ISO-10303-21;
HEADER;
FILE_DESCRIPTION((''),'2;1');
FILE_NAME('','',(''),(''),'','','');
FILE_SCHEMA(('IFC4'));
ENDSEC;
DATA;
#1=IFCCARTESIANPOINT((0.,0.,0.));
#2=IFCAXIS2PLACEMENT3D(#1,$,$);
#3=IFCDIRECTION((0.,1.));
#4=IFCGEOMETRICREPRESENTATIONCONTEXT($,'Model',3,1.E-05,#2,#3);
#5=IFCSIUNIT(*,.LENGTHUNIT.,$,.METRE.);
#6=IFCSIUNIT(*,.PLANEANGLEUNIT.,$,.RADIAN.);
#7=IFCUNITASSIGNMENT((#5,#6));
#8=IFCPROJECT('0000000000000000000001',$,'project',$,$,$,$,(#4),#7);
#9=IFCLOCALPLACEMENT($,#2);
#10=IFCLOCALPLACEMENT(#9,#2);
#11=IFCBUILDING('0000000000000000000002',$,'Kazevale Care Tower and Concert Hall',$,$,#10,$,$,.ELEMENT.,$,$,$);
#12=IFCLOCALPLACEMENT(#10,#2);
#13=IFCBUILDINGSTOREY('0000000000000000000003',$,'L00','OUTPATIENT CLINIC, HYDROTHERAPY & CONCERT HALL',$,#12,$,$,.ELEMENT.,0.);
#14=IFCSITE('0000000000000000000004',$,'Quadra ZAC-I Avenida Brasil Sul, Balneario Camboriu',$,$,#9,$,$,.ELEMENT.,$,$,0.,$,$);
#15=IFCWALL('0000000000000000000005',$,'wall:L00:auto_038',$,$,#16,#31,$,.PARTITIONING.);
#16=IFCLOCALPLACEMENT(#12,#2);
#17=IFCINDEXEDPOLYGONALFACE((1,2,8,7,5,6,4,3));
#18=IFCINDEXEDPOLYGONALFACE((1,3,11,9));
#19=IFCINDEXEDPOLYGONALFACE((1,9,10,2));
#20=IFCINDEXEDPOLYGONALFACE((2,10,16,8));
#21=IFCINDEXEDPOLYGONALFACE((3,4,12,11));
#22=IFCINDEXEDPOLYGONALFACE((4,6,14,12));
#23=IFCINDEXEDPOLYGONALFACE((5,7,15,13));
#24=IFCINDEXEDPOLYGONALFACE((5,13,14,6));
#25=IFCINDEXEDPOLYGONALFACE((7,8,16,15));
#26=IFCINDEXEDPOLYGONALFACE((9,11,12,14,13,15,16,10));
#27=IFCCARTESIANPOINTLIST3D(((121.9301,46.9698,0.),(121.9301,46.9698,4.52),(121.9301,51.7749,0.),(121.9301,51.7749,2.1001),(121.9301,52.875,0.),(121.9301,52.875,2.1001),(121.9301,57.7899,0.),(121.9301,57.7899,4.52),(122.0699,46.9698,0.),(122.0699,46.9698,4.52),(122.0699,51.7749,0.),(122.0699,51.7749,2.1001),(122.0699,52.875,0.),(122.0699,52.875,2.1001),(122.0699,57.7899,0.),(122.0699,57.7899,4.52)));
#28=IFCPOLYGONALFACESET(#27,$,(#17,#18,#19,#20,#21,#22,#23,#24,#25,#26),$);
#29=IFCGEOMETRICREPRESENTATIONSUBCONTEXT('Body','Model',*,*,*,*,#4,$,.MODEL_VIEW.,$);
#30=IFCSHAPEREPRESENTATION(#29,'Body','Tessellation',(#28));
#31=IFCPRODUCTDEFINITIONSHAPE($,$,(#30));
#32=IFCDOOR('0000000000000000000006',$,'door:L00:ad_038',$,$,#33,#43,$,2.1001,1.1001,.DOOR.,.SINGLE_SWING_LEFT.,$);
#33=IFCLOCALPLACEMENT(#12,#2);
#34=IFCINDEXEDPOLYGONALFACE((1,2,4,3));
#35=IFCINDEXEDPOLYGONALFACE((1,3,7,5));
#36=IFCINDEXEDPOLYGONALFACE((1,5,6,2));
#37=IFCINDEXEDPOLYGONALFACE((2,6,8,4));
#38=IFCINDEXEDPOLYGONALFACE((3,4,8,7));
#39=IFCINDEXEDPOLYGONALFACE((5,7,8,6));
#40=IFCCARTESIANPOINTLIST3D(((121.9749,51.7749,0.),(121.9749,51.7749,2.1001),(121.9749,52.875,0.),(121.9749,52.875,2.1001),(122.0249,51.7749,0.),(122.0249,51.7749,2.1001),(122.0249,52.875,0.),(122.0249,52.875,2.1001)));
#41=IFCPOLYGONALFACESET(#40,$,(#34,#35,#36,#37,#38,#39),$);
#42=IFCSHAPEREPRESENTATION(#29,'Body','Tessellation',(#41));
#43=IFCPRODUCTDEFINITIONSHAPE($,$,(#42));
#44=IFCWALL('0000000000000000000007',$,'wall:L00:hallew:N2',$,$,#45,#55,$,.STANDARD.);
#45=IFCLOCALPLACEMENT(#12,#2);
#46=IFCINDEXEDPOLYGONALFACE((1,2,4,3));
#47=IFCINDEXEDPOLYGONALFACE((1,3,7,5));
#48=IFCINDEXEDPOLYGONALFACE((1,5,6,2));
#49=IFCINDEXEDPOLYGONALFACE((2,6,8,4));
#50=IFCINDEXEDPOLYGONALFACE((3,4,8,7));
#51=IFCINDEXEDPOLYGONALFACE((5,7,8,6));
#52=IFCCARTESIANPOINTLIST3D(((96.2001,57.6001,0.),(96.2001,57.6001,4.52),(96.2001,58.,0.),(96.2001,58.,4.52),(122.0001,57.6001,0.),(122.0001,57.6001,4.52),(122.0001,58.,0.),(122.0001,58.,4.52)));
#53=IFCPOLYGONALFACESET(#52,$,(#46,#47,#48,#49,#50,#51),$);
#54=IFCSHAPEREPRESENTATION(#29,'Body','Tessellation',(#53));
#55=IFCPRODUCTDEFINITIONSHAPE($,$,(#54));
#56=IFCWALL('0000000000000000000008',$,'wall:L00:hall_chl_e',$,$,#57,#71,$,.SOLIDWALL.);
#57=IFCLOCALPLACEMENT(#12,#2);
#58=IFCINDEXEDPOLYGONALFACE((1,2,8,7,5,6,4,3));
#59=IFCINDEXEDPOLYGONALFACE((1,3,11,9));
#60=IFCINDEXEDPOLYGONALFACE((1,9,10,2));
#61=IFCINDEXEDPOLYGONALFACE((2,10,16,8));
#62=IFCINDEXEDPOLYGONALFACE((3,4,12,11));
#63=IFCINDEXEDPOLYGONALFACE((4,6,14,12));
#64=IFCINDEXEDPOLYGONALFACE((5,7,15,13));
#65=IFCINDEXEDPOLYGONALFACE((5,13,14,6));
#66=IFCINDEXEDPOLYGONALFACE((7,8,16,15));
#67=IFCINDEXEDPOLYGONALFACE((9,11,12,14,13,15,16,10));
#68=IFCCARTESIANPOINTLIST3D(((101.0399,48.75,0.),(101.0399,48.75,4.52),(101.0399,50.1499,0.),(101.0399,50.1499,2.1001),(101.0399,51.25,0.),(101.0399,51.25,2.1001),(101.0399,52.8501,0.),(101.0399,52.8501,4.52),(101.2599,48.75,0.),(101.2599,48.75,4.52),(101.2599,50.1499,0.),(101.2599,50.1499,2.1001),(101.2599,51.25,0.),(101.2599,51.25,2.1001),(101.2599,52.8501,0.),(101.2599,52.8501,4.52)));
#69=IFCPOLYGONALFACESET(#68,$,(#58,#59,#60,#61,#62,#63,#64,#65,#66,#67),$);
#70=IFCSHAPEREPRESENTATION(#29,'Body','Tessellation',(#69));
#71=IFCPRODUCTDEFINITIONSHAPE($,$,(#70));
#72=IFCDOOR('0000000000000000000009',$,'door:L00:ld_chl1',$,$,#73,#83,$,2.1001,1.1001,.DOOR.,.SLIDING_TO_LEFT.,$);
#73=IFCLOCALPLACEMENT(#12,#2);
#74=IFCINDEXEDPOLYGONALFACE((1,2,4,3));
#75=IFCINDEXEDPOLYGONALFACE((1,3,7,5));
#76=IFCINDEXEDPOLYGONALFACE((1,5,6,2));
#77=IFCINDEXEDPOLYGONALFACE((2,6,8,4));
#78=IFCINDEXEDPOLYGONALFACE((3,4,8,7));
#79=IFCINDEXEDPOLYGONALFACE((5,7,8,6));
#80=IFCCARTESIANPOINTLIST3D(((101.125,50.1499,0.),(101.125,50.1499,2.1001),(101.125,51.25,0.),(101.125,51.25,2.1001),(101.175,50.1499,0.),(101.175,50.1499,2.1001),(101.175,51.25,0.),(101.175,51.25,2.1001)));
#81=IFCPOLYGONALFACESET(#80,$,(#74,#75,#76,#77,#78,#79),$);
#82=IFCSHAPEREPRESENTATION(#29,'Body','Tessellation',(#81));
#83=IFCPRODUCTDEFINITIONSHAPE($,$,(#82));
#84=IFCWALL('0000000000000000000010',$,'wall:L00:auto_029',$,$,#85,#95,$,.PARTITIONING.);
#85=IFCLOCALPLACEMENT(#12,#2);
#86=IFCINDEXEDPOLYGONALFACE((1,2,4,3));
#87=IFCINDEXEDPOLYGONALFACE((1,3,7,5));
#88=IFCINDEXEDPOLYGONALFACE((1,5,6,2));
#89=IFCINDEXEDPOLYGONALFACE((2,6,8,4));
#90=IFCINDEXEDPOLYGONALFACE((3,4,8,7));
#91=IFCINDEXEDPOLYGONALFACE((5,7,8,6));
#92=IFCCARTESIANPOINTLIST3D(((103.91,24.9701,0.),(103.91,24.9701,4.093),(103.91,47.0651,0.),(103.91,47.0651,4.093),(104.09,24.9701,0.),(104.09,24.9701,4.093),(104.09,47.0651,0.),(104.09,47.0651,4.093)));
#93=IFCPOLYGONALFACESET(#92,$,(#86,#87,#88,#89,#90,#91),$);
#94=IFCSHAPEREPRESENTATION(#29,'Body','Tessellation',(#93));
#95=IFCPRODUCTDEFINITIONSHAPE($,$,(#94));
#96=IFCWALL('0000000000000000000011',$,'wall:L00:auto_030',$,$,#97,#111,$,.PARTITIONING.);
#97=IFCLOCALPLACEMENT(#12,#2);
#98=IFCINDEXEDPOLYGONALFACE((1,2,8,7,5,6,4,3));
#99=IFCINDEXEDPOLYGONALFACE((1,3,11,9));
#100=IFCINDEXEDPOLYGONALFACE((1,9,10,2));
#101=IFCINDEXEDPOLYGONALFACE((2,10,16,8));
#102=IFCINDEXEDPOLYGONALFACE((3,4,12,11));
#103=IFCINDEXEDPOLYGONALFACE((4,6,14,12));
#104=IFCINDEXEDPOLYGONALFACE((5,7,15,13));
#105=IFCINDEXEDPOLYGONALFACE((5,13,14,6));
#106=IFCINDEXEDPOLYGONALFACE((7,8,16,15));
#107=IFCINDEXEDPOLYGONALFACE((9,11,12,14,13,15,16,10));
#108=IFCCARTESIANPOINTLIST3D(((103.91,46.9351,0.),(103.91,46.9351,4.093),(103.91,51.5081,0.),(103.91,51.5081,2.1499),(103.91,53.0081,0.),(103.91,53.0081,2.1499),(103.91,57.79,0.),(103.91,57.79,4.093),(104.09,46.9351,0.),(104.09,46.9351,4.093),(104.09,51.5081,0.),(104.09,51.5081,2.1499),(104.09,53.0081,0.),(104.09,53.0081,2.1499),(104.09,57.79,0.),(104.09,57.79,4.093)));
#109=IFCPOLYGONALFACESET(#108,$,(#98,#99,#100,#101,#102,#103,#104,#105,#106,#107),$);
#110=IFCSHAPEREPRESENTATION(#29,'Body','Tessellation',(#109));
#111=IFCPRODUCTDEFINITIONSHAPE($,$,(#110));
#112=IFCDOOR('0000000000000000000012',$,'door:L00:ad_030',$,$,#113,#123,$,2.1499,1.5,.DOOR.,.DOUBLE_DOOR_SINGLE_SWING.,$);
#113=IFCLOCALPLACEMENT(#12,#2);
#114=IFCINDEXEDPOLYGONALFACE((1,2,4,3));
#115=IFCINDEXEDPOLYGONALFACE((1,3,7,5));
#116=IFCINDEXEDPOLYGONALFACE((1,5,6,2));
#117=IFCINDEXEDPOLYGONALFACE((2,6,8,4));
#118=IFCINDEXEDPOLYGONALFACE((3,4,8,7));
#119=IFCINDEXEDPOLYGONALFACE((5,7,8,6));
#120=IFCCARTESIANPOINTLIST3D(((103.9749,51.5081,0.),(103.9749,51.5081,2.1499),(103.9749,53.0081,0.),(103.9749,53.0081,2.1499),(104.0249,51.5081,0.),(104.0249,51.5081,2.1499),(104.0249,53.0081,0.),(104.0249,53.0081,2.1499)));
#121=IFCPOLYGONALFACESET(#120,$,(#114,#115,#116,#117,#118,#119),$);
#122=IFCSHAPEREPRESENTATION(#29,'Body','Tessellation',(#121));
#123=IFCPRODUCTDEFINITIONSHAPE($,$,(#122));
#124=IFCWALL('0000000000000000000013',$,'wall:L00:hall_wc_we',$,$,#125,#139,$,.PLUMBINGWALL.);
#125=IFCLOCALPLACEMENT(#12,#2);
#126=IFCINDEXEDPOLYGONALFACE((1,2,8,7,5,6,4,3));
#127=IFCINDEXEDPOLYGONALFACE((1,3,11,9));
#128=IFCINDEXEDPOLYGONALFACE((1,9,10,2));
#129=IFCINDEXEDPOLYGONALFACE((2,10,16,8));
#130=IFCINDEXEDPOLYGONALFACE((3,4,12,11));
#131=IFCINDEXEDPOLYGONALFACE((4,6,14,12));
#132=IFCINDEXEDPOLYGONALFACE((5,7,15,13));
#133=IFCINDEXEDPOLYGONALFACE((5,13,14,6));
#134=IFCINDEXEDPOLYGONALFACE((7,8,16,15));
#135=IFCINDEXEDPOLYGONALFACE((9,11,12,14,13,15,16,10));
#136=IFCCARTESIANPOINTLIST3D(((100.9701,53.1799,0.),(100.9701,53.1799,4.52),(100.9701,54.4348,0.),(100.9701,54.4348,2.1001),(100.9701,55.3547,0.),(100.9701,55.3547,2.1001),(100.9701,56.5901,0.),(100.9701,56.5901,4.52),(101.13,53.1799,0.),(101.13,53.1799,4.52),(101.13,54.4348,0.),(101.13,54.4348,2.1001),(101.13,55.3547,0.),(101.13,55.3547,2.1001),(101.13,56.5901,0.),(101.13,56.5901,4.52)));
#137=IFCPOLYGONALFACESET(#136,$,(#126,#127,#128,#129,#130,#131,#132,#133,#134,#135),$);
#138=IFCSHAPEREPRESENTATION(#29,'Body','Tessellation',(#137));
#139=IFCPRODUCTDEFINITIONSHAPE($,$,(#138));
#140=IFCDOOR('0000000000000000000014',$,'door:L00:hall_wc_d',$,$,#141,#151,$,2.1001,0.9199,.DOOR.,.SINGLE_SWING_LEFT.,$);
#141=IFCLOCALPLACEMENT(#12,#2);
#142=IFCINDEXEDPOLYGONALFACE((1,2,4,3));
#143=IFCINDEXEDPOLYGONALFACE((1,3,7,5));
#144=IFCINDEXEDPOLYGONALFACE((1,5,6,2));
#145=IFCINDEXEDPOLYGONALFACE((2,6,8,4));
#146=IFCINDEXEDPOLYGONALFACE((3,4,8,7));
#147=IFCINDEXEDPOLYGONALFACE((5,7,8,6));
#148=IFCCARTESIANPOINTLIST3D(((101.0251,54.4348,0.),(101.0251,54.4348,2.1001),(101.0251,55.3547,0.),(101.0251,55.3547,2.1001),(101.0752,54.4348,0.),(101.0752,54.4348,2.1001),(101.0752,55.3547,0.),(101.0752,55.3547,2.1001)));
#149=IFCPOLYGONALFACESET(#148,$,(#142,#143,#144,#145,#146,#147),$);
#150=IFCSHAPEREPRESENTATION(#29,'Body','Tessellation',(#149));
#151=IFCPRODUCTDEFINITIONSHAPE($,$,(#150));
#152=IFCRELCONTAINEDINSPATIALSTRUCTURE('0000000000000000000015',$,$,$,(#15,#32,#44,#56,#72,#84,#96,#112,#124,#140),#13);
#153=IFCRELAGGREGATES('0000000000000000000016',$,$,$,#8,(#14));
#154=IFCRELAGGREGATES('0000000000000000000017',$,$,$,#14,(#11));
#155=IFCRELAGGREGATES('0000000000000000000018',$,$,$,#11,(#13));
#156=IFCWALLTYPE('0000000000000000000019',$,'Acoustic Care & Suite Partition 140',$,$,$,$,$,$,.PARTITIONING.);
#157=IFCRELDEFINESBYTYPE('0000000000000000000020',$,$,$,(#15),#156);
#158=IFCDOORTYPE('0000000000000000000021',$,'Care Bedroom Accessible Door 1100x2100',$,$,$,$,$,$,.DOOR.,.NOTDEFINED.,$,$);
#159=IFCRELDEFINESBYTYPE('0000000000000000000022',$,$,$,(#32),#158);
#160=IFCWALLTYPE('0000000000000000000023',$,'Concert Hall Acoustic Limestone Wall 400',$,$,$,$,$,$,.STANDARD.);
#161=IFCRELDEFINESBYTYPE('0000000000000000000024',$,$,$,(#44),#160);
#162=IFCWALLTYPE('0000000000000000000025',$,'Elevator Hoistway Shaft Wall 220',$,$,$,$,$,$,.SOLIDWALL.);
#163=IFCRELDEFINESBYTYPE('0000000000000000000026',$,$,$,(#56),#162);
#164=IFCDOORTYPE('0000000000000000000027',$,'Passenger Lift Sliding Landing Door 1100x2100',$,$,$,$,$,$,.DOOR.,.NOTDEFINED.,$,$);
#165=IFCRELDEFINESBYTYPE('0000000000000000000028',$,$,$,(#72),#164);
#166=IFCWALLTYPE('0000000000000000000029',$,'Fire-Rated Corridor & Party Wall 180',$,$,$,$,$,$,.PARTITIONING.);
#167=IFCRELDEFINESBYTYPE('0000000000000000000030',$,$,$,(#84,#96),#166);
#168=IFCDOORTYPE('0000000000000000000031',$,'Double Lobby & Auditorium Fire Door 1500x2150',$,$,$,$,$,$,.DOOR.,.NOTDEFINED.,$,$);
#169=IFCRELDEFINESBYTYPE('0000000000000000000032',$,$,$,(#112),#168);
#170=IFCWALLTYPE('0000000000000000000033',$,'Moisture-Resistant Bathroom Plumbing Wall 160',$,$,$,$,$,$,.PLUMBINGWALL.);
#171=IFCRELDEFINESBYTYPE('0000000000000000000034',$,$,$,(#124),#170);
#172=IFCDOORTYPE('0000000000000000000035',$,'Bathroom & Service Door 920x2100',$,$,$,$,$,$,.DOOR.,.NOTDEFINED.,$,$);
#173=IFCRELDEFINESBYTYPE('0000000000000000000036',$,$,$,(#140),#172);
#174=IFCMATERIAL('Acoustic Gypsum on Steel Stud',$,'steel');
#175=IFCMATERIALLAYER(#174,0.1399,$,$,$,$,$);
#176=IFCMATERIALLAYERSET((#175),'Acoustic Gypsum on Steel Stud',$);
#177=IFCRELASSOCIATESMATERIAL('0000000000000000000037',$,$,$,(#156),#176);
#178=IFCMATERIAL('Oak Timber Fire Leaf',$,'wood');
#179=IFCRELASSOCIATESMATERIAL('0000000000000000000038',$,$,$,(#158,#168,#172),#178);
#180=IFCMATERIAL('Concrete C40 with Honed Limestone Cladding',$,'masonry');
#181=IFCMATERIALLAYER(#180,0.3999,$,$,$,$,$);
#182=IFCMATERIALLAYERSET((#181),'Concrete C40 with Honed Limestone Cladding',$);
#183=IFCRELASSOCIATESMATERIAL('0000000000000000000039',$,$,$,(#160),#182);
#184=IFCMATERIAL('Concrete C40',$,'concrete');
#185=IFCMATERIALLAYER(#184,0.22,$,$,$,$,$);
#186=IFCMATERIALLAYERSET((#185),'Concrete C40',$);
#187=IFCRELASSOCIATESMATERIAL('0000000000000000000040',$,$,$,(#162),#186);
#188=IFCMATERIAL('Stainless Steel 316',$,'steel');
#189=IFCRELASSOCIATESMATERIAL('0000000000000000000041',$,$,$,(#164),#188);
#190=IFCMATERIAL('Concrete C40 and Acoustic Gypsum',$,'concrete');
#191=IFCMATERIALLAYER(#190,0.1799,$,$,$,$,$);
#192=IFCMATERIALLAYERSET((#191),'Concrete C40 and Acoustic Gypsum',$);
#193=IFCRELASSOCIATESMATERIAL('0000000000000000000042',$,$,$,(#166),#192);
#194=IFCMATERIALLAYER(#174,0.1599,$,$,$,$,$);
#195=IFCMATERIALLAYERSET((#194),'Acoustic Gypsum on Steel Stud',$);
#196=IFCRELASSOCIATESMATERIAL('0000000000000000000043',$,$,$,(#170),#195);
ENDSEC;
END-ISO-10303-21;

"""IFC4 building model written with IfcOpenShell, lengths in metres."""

from ifc_helpers import new_model, si_unit, direction, frame, frame_2d, origin, place, context, subcontext, project, spatial, rectangle, extrude, material, layer, layer_set, type_object, element, fill, save


model = new_model("IFC4")

# Units and contexts
model_context = context("Model", 3, precision=1e-05, world=origin(), true_north=direction((0.0, 1.0)))
body_context = subcontext(model_context, "Body", "Model", "MODEL_VIEW")
ifc_project = project(units=[si_unit("LENGTHUNIT", "METRE"), si_unit("PLANEANGLEUNIT", "RADIAN")], contexts=[model_context])

# Site, building, storey
site_placement = place(None, origin())
site = spatial("IfcSite", under=ifc_project, at=site_placement, Name="Quadra ZAC-I Avenida Brasil Sul, Balneario Camboriu", CompositionType="ELEMENT", RefElevation=0.0)
building_placement = place(site_placement, origin())
building = spatial("IfcBuilding", under=site, at=building_placement, Name="Kazevale Care Tower and Concert Hall", CompositionType="ELEMENT")
storey_placement = place(building_placement, origin())
storey = spatial("IfcBuildingStorey", under=building, at=storey_placement, Name="L00", Description="OUTPATIENT CLINIC, HYDROTHERAPY & CONCERT HALL", CompositionType="ELEMENT", Elevation=0.0)

# Shared definitions
ifc_material_1 = material(Name="Acoustic Gypsum on Steel Stud", Category="steel")
ifc_layer_1 = layer(ifc_material_1, 0.1399)
ifc_layer_set_1 = layer_set([ifc_layer_1], Name="Acoustic Gypsum on Steel Stud")
wall_type_1 = type_object("IfcWallType", Name="Acoustic Care & Suite Partition 140", PredefinedType="PARTITIONING", material=ifc_layer_set_1)

# Wall, opening, door
wall_1_placement = place(storey_placement, frame((122.0, 57.79, 0.0), z_axis=(0.0, 0.0, 1.0), x_axis=(0.0, -1.0, 0.0)))
wall_1 = element("IfcWall", 1, at=wall_1_placement, inside=storey, type_object=wall_type_1, Name="wall:L00:auto_038", PredefinedType="PARTITIONING", context=body_context, shape_type="SweptSolid", body=[
    extrude(rectangle(XDim=10.8201, YDim=0.1399, at=frame_2d((5.4102, 0.0))), origin(), (0.0, 0.0, 1.0), 4.52),
])
opening_1_placement = place(wall_1_placement, frame((4.915, 0.0, 0.0)))
opening_1 = element("IfcOpeningElement", 2, at=opening_1_placement, cuts=wall_1, PredefinedType="OPENING", context=body_context, shape_type="SweptSolid", body=[
    extrude(rectangle(XDim=1.1001, YDim=2.1001, at=frame_2d((0.55, 1.05))), frame((0.0, 0.0798, 0.0), z_axis=(0.0, -1.0, 0.0), x_axis=(1.0, 0.0, 0.0)), (0.0, 0.0, 1.0), 0.1599),
])
ifc_material_2 = material(Name="Oak Timber Fire Leaf", Category="wood")
door_type_1 = type_object("IfcDoorType", Name="Care Bedroom Accessible Door 1100x2100", OperationType="NOTDEFINED", PredefinedType="DOOR", material=ifc_material_2)
door_1_placement = place(opening_1_placement, origin())
door_1 = element("IfcDoor", 3, at=door_1_placement, inside=storey, type_object=door_type_1, Name="door:L00:ad_038", OperationType="SINGLE_SWING_LEFT", OverallHeight=2.1001, OverallWidth=1.1001, PredefinedType="DOOR", context=body_context, shape_type="SweptSolid", body=[
    extrude(rectangle(XDim=1.1001, YDim=2.1001, at=frame_2d((0.55, 1.05))), frame((0.0, 0.0249, 0.0), z_axis=(0.0, -1.0, 0.0), x_axis=(1.0, 0.0, 0.0)), (0.0, 0.0, 1.0), 0.05),
])
fill(opening_1, door_1)

# Wall
ifc_material_3 = material(Name="Concrete C40 with Honed Limestone Cladding", Category="masonry")
ifc_layer_2 = layer(ifc_material_3, 0.3999)
ifc_layer_set_2 = layer_set([ifc_layer_2], Name="Concrete C40 with Honed Limestone Cladding")
wall_type_2 = type_object("IfcWallType", Name="Concert Hall Acoustic Limestone Wall 400", PredefinedType="STANDARD", material=ifc_layer_set_2)
wall_2_placement = place(storey_placement, frame((122.0, 57.8, 0.0), z_axis=(0.0, 0.0, 1.0), x_axis=(-1.0, 0.0, 0.0)))
element("IfcWall", 4, at=wall_2_placement, inside=storey, type_object=wall_type_2, Name="wall:L00:hallew:N2", PredefinedType="STANDARD", context=body_context, shape_type="SweptSolid", body=[
    extrude(rectangle(XDim=25.8, YDim=0.3999, at=frame_2d((12.8999, 0.0))), origin(), (0.0, 0.0, 1.0), 4.52),
])

# Wall, opening, door
ifc_material_4 = material(Name="Concrete C40", Category="concrete")
ifc_layer_3 = layer(ifc_material_4, 0.22)
ifc_layer_set_3 = layer_set([ifc_layer_3], Name="Concrete C40")
wall_type_3 = type_object("IfcWallType", Name="Elevator Hoistway Shaft Wall 220", PredefinedType="SOLIDWALL", material=ifc_layer_set_3)
wall_3_placement = place(storey_placement, frame((101.1499, 48.75, 0.0), z_axis=(0.0, 0.0, 1.0), x_axis=(0.0, 1.0, 0.0)))
wall_3 = element("IfcWall", 5, at=wall_3_placement, inside=storey, type_object=wall_type_3, Name="wall:L00:hall_chl_e", PredefinedType="SOLIDWALL", context=body_context, shape_type="SweptSolid", body=[
    extrude(rectangle(XDim=4.1001, YDim=0.22, at=frame_2d((2.05, 0.0))), origin(), (0.0, 0.0, 1.0), 4.52),
])
opening_2_placement = place(wall_3_placement, frame((1.3999, 0.0, 0.0)))
opening_2 = element("IfcOpeningElement", 6, at=opening_2_placement, cuts=wall_3, PredefinedType="OPENING", context=body_context, shape_type="SweptSolid", body=[
    extrude(rectangle(XDim=1.1001, YDim=2.1001, at=frame_2d((0.55, 1.05))), frame((0.0, 0.1199, 0.0), z_axis=(0.0, -1.0, 0.0), x_axis=(1.0, 0.0, 0.0)), (0.0, 0.0, 1.0), 0.24),
])
ifc_material_5 = material(Name="Stainless Steel 316", Category="steel")
door_type_2 = type_object("IfcDoorType", Name="Passenger Lift Sliding Landing Door 1100x2100", OperationType="NOTDEFINED", PredefinedType="DOOR", material=ifc_material_5)
door_2_placement = place(opening_2_placement, origin())
door_2 = element("IfcDoor", 7, at=door_2_placement, inside=storey, type_object=door_type_2, Name="door:L00:ld_chl1", OperationType="SLIDING_TO_LEFT", OverallHeight=2.1001, OverallWidth=1.1001, PredefinedType="DOOR", context=body_context, shape_type="SweptSolid", body=[
    extrude(rectangle(XDim=1.1001, YDim=2.1001, at=frame_2d((0.55, 1.05))), frame((0.0, 0.0249, 0.0), z_axis=(0.0, -1.0, 0.0), x_axis=(1.0, 0.0, 0.0)), (0.0, 0.0, 1.0), 0.05),
])
fill(opening_2, door_2)

# Wall
ifc_material_6 = material(Name="Concrete C40 and Acoustic Gypsum", Category="concrete")
ifc_layer_4 = layer(ifc_material_6, 0.1799)
ifc_layer_set_4 = layer_set([ifc_layer_4], Name="Concrete C40 and Acoustic Gypsum")
wall_type_4 = type_object("IfcWallType", Name="Fire-Rated Corridor & Party Wall 180", PredefinedType="PARTITIONING", material=ifc_layer_set_4)
wall_4_placement = place(storey_placement, frame((104.0, 47.0649, 0.0), z_axis=(0.0, 0.0, 1.0), x_axis=(0.0, -1.0, 0.0)))
element("IfcWall", 8, at=wall_4_placement, inside=storey, type_object=wall_type_4, Name="wall:L00:auto_029", PredefinedType="PARTITIONING", context=body_context, shape_type="SweptSolid", body=[
    extrude(rectangle(XDim=22.095, YDim=0.1799, at=frame_2d((11.0474, 0.0))), origin(), (0.0, 0.0, 1.0), 4.093),
])

# Walls, openings, doors
wall_5_placement = place(storey_placement, frame((104.0, 57.79, 0.0), z_axis=(0.0, 0.0, 1.0), x_axis=(0.0, -1.0, 0.0)))
wall_5 = element("IfcWall", 9, at=wall_5_placement, inside=storey, type_object=wall_type_4, Name="wall:L00:auto_030", PredefinedType="PARTITIONING", context=body_context, shape_type="SweptSolid", body=[
    extrude(rectangle(XDim=10.855, YDim=0.1799, at=frame_2d((5.4275, 0.0))), origin(), (0.0, 0.0, 1.0), 4.093),
])
opening_3_placement = place(wall_5_placement, frame((4.782, 0.0, 0.0)))
opening_3 = element("IfcOpeningElement", 10, at=opening_3_placement, cuts=wall_5, PredefinedType="OPENING", context=body_context, shape_type="SweptSolid", body=[
    extrude(rectangle(XDim=1.5, YDim=2.1499, at=frame_2d((0.75, 1.075))), frame((0.0, 0.0999, 0.0), z_axis=(0.0, -1.0, 0.0), x_axis=(1.0, 0.0, 0.0)), (0.0, 0.0, 1.0), 0.2),
])
door_type_3 = type_object("IfcDoorType", Name="Double Lobby & Auditorium Fire Door 1500x2150", OperationType="NOTDEFINED", PredefinedType="DOOR", material=ifc_material_2)
door_3_placement = place(opening_3_placement, origin())
door_3 = element("IfcDoor", 11, at=door_3_placement, inside=storey, type_object=door_type_3, Name="door:L00:ad_030", OperationType="DOUBLE_DOOR_SINGLE_SWING", OverallHeight=2.1499, OverallWidth=1.5, PredefinedType="DOOR", context=body_context, shape_type="SweptSolid", body=[
    extrude(rectangle(XDim=1.5, YDim=2.1499, at=frame_2d((0.75, 1.075))), frame((0.0, 0.0249, 0.0), z_axis=(0.0, -1.0, 0.0), x_axis=(1.0, 0.0, 0.0)), (0.0, 0.0, 1.0), 0.05),
])
fill(opening_3, door_3)
ifc_layer_5 = layer(ifc_material_1, 0.1599)
ifc_layer_set_5 = layer_set([ifc_layer_5], Name="Acoustic Gypsum on Steel Stud")
wall_type_5 = type_object("IfcWallType", Name="Moisture-Resistant Bathroom Plumbing Wall 160", PredefinedType="PLUMBINGWALL", material=ifc_layer_set_5)
wall_6_placement = place(storey_placement, frame((101.05, 53.1799, 0.0), z_axis=(0.0, 0.0, 1.0), x_axis=(0.0, 1.0, 0.0)))
wall_6 = element("IfcWall", 12, at=wall_6_placement, inside=storey, type_object=wall_type_5, Name="wall:L00:hall_wc_we", PredefinedType="PLUMBINGWALL", context=body_context, shape_type="SweptSolid", body=[
    extrude(rectangle(XDim=3.4102, YDim=0.1599, at=frame_2d((1.7051, 0.0))), origin(), (0.0, 0.0, 1.0), 4.52),
])
opening_4_placement = place(wall_6_placement, frame((1.2549, 0.0, 0.0)))
opening_4 = element("IfcOpeningElement", 13, at=opening_4_placement, cuts=wall_6, PredefinedType="OPENING", context=body_context, shape_type="SweptSolid", body=[
    extrude(rectangle(XDim=0.9199, YDim=2.1001, at=frame_2d((0.46, 1.05))), frame((0.0, 0.0898, 0.0), z_axis=(0.0, -1.0, 0.0), x_axis=(1.0, 0.0, 0.0)), (0.0, 0.0, 1.0), 0.1799),
])
door_type_4 = type_object("IfcDoorType", Name="Bathroom & Service Door 920x2100", OperationType="NOTDEFINED", PredefinedType="DOOR", material=ifc_material_2)
door_4_placement = place(opening_4_placement, origin())
door_4 = element("IfcDoor", 14, at=door_4_placement, inside=storey, type_object=door_type_4, Name="door:L00:hall_wc_d", OperationType="SINGLE_SWING_LEFT", OverallHeight=2.1001, OverallWidth=0.9199, PredefinedType="DOOR", context=body_context, shape_type="SweptSolid", body=[
    extrude(rectangle(XDim=0.9199, YDim=2.1001, at=frame_2d((0.46, 1.05))), frame((0.0, 0.0249, 0.0), z_axis=(0.0, -1.0, 0.0), x_axis=(1.0, 0.0, 0.0)), (0.0, 0.0, 1.0), 0.05),
])
fill(opening_4, door_4)

save(model, "model.ifc")
